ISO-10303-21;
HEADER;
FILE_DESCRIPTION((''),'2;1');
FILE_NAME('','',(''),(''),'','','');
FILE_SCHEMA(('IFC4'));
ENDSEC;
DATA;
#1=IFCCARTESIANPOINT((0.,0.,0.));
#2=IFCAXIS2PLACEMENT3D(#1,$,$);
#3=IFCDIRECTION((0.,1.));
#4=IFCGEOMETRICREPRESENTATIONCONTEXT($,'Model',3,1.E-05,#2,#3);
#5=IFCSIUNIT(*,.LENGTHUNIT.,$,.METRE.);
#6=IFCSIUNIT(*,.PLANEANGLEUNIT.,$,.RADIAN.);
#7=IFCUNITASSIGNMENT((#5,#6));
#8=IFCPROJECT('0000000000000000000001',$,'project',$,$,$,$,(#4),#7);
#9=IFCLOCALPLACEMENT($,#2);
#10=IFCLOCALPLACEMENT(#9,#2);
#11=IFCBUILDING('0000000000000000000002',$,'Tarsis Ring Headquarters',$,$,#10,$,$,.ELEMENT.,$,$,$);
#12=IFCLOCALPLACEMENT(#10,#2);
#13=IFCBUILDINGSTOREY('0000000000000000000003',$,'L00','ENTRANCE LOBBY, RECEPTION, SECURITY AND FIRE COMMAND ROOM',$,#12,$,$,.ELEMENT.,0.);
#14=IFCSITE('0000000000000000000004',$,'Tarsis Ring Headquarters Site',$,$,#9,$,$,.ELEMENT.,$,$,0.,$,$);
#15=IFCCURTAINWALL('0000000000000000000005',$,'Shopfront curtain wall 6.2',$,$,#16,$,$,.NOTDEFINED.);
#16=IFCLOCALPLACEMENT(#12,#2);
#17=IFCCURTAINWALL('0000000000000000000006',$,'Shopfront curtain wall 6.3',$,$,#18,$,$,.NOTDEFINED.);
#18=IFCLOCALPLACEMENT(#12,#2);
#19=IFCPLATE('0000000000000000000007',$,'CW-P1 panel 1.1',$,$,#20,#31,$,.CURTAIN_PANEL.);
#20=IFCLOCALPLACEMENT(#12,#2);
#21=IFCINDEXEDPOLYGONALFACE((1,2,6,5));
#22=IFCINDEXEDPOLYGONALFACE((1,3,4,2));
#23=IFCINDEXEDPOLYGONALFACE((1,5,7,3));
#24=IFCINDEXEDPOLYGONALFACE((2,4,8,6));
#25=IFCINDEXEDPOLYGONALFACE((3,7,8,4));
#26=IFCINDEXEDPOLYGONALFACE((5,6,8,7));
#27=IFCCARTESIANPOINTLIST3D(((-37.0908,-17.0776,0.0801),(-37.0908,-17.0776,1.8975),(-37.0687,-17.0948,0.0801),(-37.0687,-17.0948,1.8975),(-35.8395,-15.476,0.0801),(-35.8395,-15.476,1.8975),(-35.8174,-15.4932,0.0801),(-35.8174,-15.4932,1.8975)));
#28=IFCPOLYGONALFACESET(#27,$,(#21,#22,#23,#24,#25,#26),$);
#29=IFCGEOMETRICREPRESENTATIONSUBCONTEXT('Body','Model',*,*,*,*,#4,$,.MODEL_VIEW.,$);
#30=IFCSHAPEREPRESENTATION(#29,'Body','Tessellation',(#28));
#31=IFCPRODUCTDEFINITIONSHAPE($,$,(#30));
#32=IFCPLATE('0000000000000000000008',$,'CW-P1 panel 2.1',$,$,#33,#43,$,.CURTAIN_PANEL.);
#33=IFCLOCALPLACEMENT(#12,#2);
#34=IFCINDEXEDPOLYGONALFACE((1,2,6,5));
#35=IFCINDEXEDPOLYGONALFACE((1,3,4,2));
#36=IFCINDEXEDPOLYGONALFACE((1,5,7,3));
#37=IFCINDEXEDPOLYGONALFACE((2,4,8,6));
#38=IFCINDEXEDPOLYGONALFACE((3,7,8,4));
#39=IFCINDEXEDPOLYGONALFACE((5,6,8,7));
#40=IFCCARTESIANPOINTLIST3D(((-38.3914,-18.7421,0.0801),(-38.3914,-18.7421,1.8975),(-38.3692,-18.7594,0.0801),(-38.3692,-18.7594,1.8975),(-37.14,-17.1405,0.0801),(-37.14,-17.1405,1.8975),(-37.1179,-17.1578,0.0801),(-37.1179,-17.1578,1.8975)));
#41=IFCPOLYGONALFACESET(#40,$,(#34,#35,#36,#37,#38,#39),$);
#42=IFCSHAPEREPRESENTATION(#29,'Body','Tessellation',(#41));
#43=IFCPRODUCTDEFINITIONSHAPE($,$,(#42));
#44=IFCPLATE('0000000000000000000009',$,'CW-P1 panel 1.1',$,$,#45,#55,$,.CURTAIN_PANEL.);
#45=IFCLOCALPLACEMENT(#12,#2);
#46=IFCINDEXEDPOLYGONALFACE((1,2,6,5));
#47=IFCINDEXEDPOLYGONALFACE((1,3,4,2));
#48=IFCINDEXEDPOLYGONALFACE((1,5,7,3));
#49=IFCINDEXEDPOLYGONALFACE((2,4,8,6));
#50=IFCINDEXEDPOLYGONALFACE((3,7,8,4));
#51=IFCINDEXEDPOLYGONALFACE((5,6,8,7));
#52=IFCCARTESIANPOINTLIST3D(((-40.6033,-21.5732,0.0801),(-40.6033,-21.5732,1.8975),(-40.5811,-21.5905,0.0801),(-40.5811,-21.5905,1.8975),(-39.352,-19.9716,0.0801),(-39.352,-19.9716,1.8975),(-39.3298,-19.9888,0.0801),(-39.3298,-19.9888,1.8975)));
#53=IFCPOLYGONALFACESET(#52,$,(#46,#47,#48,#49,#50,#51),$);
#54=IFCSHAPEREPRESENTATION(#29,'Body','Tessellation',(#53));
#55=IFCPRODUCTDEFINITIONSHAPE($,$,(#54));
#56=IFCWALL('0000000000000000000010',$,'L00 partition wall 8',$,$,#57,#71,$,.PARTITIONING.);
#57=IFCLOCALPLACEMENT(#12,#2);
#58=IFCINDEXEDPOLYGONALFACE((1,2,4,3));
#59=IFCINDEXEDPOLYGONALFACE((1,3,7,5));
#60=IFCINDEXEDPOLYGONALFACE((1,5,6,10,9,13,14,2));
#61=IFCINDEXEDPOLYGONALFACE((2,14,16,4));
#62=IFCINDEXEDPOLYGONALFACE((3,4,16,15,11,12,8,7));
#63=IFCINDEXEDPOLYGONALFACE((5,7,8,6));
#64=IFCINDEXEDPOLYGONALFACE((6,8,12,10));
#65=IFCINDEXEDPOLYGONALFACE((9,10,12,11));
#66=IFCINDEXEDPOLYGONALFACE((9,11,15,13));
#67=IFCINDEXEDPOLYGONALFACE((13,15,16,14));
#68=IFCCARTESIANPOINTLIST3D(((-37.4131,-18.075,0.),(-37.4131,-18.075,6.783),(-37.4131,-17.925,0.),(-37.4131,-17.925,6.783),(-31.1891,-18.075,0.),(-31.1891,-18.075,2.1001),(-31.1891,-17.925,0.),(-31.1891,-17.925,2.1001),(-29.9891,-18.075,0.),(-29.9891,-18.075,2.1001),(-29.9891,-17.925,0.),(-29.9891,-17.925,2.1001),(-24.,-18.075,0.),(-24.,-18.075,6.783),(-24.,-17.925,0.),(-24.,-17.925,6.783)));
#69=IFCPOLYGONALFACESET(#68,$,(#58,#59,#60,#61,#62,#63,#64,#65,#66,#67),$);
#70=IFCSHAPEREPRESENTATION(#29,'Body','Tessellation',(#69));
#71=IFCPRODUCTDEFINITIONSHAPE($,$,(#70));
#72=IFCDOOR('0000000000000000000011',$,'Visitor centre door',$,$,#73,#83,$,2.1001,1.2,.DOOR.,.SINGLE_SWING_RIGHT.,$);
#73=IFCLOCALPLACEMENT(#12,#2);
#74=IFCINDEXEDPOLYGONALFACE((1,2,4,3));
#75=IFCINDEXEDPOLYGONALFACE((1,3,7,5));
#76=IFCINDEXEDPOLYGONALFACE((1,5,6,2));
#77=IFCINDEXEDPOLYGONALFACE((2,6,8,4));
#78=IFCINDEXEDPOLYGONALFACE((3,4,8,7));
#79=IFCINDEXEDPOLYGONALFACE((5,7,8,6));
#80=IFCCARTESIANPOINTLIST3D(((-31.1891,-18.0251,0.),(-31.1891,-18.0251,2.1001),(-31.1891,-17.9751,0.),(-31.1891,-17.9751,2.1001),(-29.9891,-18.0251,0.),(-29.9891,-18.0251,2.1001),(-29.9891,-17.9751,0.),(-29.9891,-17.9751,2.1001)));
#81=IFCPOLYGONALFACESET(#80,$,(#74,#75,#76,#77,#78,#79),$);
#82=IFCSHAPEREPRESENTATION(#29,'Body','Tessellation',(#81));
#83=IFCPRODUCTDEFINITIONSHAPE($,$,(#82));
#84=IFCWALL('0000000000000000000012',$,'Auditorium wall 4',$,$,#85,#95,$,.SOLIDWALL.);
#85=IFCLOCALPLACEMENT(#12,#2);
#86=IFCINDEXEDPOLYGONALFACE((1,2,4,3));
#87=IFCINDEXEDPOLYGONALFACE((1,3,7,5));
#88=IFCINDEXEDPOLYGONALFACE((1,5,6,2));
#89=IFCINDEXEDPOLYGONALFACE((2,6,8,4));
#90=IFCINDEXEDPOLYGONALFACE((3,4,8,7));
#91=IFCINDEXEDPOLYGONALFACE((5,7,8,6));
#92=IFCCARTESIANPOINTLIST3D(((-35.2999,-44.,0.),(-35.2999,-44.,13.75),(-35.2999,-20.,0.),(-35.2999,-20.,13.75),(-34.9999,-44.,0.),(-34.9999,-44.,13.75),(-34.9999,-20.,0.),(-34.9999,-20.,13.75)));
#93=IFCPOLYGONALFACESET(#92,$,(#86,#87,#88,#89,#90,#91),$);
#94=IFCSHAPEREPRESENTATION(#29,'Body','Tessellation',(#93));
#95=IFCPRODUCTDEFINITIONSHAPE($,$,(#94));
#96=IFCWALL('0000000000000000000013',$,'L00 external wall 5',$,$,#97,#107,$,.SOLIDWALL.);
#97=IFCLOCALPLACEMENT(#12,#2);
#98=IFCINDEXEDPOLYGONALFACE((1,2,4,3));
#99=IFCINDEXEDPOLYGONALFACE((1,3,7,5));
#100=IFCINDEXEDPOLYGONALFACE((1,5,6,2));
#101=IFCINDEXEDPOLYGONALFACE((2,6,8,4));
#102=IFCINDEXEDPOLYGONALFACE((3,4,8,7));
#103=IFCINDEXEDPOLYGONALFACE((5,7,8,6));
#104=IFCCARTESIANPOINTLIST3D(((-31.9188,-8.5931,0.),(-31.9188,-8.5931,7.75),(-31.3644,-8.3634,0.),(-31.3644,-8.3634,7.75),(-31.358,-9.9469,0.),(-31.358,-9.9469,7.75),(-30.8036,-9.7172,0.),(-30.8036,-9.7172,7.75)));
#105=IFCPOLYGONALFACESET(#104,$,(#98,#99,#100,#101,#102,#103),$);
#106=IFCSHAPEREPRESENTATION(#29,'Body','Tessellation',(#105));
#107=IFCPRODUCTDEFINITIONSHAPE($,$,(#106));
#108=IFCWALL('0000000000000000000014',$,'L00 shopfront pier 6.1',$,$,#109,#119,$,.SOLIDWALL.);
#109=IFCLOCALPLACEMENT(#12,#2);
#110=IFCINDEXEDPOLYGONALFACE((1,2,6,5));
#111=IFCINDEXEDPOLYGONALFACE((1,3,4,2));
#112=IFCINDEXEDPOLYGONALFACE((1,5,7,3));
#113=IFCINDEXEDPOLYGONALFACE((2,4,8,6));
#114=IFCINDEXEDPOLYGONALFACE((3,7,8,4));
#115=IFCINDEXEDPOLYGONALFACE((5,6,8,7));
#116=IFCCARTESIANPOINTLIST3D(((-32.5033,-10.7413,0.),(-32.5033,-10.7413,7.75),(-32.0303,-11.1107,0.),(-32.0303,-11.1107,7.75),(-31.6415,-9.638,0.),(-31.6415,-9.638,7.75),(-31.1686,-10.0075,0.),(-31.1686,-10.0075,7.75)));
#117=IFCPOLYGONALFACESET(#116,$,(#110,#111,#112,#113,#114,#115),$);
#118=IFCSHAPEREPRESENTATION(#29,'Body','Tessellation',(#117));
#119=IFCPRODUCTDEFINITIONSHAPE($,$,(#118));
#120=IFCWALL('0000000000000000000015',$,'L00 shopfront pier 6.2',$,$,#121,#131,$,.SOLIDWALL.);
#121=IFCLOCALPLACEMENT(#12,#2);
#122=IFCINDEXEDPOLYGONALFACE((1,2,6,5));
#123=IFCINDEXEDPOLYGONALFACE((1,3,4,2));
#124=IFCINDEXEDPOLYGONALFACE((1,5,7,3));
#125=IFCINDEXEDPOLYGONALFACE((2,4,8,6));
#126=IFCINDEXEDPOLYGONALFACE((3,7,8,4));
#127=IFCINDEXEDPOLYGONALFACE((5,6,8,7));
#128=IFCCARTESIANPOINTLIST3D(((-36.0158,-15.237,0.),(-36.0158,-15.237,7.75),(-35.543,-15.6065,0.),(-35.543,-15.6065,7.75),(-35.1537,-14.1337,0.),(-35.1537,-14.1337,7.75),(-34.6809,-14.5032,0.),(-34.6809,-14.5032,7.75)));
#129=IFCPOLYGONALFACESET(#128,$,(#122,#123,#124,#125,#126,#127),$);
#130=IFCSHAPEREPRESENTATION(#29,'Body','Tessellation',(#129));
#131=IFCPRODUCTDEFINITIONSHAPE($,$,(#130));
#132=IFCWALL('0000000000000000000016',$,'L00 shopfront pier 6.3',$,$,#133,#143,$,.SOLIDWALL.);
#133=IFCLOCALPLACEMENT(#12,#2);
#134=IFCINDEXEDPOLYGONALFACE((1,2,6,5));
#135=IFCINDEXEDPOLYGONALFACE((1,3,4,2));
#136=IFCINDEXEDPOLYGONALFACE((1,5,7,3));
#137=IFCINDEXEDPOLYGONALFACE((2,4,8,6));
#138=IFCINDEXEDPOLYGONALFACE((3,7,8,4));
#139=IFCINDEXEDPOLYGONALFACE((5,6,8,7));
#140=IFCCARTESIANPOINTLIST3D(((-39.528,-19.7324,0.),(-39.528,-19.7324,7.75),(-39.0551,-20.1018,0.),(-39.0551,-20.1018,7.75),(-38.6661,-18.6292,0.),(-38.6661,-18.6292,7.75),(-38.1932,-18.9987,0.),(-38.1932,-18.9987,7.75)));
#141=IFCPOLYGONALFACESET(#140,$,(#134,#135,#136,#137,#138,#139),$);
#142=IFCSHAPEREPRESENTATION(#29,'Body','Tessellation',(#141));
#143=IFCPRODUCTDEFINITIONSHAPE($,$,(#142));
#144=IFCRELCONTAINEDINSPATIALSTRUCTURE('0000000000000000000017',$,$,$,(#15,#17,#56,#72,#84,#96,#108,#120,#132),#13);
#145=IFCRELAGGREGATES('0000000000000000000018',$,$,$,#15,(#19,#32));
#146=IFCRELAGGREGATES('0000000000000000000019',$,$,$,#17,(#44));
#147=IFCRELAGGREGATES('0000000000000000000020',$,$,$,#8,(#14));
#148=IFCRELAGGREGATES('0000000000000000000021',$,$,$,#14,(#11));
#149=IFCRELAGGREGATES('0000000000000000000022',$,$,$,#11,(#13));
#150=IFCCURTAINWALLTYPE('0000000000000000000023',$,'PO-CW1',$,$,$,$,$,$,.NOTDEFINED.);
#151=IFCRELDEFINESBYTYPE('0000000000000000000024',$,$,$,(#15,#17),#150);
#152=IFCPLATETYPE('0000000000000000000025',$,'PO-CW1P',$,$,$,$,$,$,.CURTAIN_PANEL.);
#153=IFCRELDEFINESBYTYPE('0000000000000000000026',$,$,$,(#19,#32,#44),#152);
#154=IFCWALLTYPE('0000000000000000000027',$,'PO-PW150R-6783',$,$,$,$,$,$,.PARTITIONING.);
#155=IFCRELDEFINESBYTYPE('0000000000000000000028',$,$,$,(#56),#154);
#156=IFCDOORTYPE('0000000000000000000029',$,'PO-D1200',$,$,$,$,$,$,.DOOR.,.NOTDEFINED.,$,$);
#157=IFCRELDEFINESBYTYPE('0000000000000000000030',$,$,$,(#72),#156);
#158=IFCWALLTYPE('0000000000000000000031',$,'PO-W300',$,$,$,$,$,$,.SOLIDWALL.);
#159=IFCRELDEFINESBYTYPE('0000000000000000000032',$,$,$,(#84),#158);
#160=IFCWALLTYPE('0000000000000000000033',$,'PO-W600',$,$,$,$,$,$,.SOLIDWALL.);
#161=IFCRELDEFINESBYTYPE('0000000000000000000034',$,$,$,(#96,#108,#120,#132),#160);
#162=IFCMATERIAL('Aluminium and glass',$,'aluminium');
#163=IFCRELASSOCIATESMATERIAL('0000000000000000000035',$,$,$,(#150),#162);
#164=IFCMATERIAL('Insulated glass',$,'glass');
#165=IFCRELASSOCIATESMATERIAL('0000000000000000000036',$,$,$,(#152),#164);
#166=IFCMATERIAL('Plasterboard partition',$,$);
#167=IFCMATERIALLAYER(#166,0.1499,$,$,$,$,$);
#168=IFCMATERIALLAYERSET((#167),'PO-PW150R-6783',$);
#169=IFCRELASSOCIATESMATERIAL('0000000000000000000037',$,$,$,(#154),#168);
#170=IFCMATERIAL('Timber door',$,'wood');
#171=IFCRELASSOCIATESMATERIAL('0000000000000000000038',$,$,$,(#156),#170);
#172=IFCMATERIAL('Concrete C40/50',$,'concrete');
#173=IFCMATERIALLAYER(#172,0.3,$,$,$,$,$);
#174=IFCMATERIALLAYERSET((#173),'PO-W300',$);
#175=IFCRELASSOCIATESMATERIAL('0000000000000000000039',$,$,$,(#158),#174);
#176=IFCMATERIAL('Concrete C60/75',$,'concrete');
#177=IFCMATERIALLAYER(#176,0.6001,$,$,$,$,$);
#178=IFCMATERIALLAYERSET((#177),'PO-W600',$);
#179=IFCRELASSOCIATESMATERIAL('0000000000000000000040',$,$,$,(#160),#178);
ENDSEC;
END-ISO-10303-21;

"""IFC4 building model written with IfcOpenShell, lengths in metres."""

from ifc_helpers import new_model, si_unit, direction, frame, frame_2d, origin, origin_2d, place, context, subcontext, project, spatial, rectangle, extrude, material, layer, layer_set, type_object, element, fill, aggregate, save


model = new_model("IFC4")

# Units and contexts
model_context = context("Model", 3, precision=1e-05, world=origin(), true_north=direction((0.0, 1.0)))
body_context = subcontext(model_context, "Body", "Model", "MODEL_VIEW")
ifc_project = project(units=[si_unit("LENGTHUNIT", "METRE"), si_unit("PLANEANGLEUNIT", "RADIAN")], contexts=[model_context])

# Site, building, storey
site_placement = place(None, origin())
site = spatial("IfcSite", under=ifc_project, at=site_placement, Name="Tarsis Ring Headquarters Site", CompositionType="ELEMENT", RefElevation=0.0)
building_placement = place(site_placement, origin())
building = spatial("IfcBuilding", under=site, at=building_placement, Name="Tarsis Ring Headquarters", CompositionType="ELEMENT")
storey_placement = place(building_placement, origin())
storey = spatial("IfcBuildingStorey", under=building, at=storey_placement, Name="L00", Description="ENTRANCE LOBBY, RECEPTION, SECURITY AND FIRE COMMAND ROOM", CompositionType="ELEMENT", Elevation=0.0)

# Shared definitions
ifc_material_1 = material(Name="Concrete C40/50", Category="concrete")

# Curtain wall
ifc_material_2 = material(Name="Aluminium and glass", Category="aluminium")
curtain_wall_type = type_object("IfcCurtainWallType", Name="PO-CW1", PredefinedType="NOTDEFINED", material=ifc_material_2)
curtain_wall_1_placement = place(storey_placement, origin())
curtain_wall_1 = element("IfcCurtainWall", 1, at=curtain_wall_1_placement, inside=storey, type_object=curtain_wall_type, Name="Shopfront curtain wall 6.2", PredefinedType="NOTDEFINED")

# Curtain wall
curtain_wall_2_placement = place(storey_placement, origin())
curtain_wall_2 = element("IfcCurtainWall", 2, at=curtain_wall_2_placement, inside=storey, type_object=curtain_wall_type, Name="Shopfront curtain wall 6.3", PredefinedType="NOTDEFINED")

# Plates
ifc_material_3 = material(Name="Insulated glass", Category="glass")
plate_type = type_object("IfcPlateType", Name="PO-CW1P", PredefinedType="CURTAIN_PANEL", material=ifc_material_3)
plate_1_placement = place(storey_placement, frame((-36.4541, -16.2854, 0.0801), z_axis=(0.0, 0.0, 1.0), x_axis=(-0.615661, -0.788011, 0.0)))
plate_1 = element("IfcPlate", 3, at=plate_1_placement, type_object=plate_type, Name="CW-P1 panel 1.1", PredefinedType="CURTAIN_PANEL", context=body_context, shape_type="SweptSolid", body=[
    extrude(rectangle(XDim=2.0325, YDim=0.0281, at=origin_2d()), origin(), (0.0, 0.0, 1.0), 1.8174),
])
plate_2_placement = place(storey_placement, frame((-37.7546, -17.95, 0.0801), z_axis=(0.0, 0.0, 1.0), x_axis=(-0.615661, -0.788011, 0.0)))
plate_2 = element("IfcPlate", 4, at=plate_2_placement, type_object=plate_type, Name="CW-P1 panel 2.1", PredefinedType="CURTAIN_PANEL", context=body_context, shape_type="SweptSolid", body=[
    extrude(rectangle(XDim=2.0325, YDim=0.0281, at=origin_2d()), origin(), (0.0, 0.0, 1.0), 1.8174),
])
aggregate(curtain_wall_1, [plate_1, plate_2])
plate_3_placement = place(storey_placement, frame((-39.9666, -20.781, 0.0801), z_axis=(0.0, 0.0, 1.0), x_axis=(-0.615662, -0.788011, 0.0)))
plate_3 = element("IfcPlate", 5, at=plate_3_placement, type_object=plate_type, Name="CW-P1 panel 1.1", PredefinedType="CURTAIN_PANEL", context=body_context, shape_type="SweptSolid", body=[
    extrude(rectangle(XDim=2.0325, YDim=0.0281, at=origin_2d()), origin(), (0.0, 0.0, 1.0), 1.8174),
])
aggregate(curtain_wall_2, [plate_3])

# Wall, opening, door
ifc_material_4 = material(Name="Plasterboard partition")
ifc_layer_1 = layer(ifc_material_4, 0.1499)
ifc_layer_set_1 = layer_set([ifc_layer_1], Name="PO-PW150R-6783")
wall_type_1 = type_object("IfcWallType", Name="PO-PW150R-6783", PredefinedType="PARTITIONING", material=ifc_layer_set_1)
wall_1_placement = place(storey_placement, frame((-37.4131, -18.0, 0.0), z_axis=(0.0, 0.0, 1.0), x_axis=(1.0, 0.0, 0.0)))
wall_1 = element("IfcWall", 6, at=wall_1_placement, inside=storey, type_object=wall_type_1, Name="L00 partition wall 8", PredefinedType="PARTITIONING", context=body_context, shape_type="SweptSolid", body=[
    extrude(rectangle(XDim=13.4131, YDim=0.1499, at=frame_2d((6.7065, 0.0))), origin(), (0.0, 0.0, 1.0), 6.783),
])
opening_placement = place(wall_1_placement, frame((6.2239, 0.0, 0.0)))
opening = element("IfcOpeningElement", 7, at=opening_placement, cuts=wall_1, PredefinedType="OPENING", context=body_context, shape_type="SweptSolid", body=[
    extrude(rectangle(XDim=1.2, YDim=2.1001, at=frame_2d((0.6001, 1.05))), frame((0.0, 0.085, 0.0), z_axis=(0.0, -1.0, 0.0), x_axis=(1.0, 0.0, 0.0)), (0.0, 0.0, 1.0), 0.1699),
])
ifc_material_5 = material(Name="Timber door", Category="wood")
door_type = type_object("IfcDoorType", Name="PO-D1200", OperationType="NOTDEFINED", PredefinedType="DOOR", material=ifc_material_5)
door_placement = place(opening_placement, origin())
door = element("IfcDoor", 8, at=door_placement, inside=storey, type_object=door_type, Name="Visitor centre door", OperationType="SINGLE_SWING_RIGHT", OverallHeight=2.1001, OverallWidth=1.2, PredefinedType="DOOR", context=body_context, shape_type="SweptSolid", body=[
    extrude(rectangle(XDim=1.2, YDim=2.1001, at=frame_2d((0.6001, 1.05))), frame((0.0, 0.0249, 0.0), z_axis=(0.0, -1.0, 0.0), x_axis=(1.0, 0.0, 0.0)), (0.0, 0.0, 1.0), 0.05),
])
fill(opening, door)

# Walls
ifc_layer_2 = layer(ifc_material_1, 0.3)
ifc_layer_set_2 = layer_set([ifc_layer_2], Name="PO-W300")
wall_type_2 = type_object("IfcWallType", Name="PO-W300", PredefinedType="SOLIDWALL", material=ifc_layer_set_2)
wall_2_placement = place(storey_placement, frame((-35.1499, -20.0, 0.0), z_axis=(0.0, 0.0, 1.0), x_axis=(0.0, -1.0, 0.0)))
element("IfcWall", 9, at=wall_2_placement, inside=storey, type_object=wall_type_2, Name="Auditorium wall 4", PredefinedType="SOLIDWALL", context=body_context, shape_type="SweptSolid", body=[
    extrude(rectangle(XDim=24.0, YDim=0.3, at=frame_2d((12.0, 0.0))), origin(), (0.0, 0.0, 1.0), 13.75),
])
ifc_material_6 = material(Name="Concrete C60/75", Category="concrete")
ifc_layer_3 = layer(ifc_material_6, 0.6001)
ifc_layer_set_3 = layer_set([ifc_layer_3], Name="PO-W600")
wall_type_3 = type_object("IfcWallType", Name="PO-W600", PredefinedType="SOLIDWALL", material=ifc_layer_set_3)
wall_3_placement = place(storey_placement, frame((-31.6416, -8.4783, 0.0), z_axis=(0.0, 0.0, 1.0), x_axis=(0.38271, -0.923869, 0.0)))
element("IfcWall", 10, at=wall_3_placement, inside=storey, type_object=wall_type_3, Name="L00 external wall 5", PredefinedType="SOLIDWALL", context=body_context, shape_type="SweptSolid", body=[
    extrude(rectangle(XDim=1.4653, YDim=0.6001, at=frame_2d((0.7327, 0.0))), origin(), (0.0, 0.0, 1.0), 7.75),
])
wall_4_placement = place(storey_placement, frame((-31.405, -9.8228, 0.0), z_axis=(0.0, 0.0, 1.0), x_axis=(-0.615593, -0.788064, 0.0)))
element("IfcWall", 11, at=wall_4_placement, inside=storey, type_object=wall_type_3, Name="L00 shopfront pier 6.1", PredefinedType="SOLIDWALL", context=body_context, shape_type="SweptSolid", body=[
    extrude(rectangle(XDim=1.3999, YDim=0.6001, at=frame_2d((0.7, 0.0))), origin(), (0.0, 0.0, 1.0), 7.75),
])
wall_5_placement = place(storey_placement, frame((-34.9172, -14.3184, 0.0), z_axis=(0.0, 0.0, 1.0), x_axis=(-0.615702, -0.787979, 0.0)))
element("IfcWall", 12, at=wall_5_placement, inside=storey, type_object=wall_type_3, Name="L00 shopfront pier 6.2", PredefinedType="SOLIDWALL", context=body_context, shape_type="SweptSolid", body=[
    extrude(rectangle(XDim=1.4001, YDim=0.6001, at=frame_2d((0.7002, 0.0))), origin(), (0.0, 0.0, 1.0), 7.75),
])
wall_6_placement = place(storey_placement, frame((-38.4297, -18.814, 0.0), z_axis=(0.0, 0.0, 1.0), x_axis=(-0.615678, -0.787998, 0.0)))
element("IfcWall", 13, at=wall_6_placement, inside=storey, type_object=wall_type_3, Name="L00 shopfront pier 6.3", PredefinedType="SOLIDWALL", context=body_context, shape_type="SweptSolid", body=[
    extrude(rectangle(XDim=1.3999, YDim=0.6001, at=frame_2d((0.7, 0.0))), origin(), (0.0, 0.0, 1.0), 7.75),
])

save(model, "model.ifc")
